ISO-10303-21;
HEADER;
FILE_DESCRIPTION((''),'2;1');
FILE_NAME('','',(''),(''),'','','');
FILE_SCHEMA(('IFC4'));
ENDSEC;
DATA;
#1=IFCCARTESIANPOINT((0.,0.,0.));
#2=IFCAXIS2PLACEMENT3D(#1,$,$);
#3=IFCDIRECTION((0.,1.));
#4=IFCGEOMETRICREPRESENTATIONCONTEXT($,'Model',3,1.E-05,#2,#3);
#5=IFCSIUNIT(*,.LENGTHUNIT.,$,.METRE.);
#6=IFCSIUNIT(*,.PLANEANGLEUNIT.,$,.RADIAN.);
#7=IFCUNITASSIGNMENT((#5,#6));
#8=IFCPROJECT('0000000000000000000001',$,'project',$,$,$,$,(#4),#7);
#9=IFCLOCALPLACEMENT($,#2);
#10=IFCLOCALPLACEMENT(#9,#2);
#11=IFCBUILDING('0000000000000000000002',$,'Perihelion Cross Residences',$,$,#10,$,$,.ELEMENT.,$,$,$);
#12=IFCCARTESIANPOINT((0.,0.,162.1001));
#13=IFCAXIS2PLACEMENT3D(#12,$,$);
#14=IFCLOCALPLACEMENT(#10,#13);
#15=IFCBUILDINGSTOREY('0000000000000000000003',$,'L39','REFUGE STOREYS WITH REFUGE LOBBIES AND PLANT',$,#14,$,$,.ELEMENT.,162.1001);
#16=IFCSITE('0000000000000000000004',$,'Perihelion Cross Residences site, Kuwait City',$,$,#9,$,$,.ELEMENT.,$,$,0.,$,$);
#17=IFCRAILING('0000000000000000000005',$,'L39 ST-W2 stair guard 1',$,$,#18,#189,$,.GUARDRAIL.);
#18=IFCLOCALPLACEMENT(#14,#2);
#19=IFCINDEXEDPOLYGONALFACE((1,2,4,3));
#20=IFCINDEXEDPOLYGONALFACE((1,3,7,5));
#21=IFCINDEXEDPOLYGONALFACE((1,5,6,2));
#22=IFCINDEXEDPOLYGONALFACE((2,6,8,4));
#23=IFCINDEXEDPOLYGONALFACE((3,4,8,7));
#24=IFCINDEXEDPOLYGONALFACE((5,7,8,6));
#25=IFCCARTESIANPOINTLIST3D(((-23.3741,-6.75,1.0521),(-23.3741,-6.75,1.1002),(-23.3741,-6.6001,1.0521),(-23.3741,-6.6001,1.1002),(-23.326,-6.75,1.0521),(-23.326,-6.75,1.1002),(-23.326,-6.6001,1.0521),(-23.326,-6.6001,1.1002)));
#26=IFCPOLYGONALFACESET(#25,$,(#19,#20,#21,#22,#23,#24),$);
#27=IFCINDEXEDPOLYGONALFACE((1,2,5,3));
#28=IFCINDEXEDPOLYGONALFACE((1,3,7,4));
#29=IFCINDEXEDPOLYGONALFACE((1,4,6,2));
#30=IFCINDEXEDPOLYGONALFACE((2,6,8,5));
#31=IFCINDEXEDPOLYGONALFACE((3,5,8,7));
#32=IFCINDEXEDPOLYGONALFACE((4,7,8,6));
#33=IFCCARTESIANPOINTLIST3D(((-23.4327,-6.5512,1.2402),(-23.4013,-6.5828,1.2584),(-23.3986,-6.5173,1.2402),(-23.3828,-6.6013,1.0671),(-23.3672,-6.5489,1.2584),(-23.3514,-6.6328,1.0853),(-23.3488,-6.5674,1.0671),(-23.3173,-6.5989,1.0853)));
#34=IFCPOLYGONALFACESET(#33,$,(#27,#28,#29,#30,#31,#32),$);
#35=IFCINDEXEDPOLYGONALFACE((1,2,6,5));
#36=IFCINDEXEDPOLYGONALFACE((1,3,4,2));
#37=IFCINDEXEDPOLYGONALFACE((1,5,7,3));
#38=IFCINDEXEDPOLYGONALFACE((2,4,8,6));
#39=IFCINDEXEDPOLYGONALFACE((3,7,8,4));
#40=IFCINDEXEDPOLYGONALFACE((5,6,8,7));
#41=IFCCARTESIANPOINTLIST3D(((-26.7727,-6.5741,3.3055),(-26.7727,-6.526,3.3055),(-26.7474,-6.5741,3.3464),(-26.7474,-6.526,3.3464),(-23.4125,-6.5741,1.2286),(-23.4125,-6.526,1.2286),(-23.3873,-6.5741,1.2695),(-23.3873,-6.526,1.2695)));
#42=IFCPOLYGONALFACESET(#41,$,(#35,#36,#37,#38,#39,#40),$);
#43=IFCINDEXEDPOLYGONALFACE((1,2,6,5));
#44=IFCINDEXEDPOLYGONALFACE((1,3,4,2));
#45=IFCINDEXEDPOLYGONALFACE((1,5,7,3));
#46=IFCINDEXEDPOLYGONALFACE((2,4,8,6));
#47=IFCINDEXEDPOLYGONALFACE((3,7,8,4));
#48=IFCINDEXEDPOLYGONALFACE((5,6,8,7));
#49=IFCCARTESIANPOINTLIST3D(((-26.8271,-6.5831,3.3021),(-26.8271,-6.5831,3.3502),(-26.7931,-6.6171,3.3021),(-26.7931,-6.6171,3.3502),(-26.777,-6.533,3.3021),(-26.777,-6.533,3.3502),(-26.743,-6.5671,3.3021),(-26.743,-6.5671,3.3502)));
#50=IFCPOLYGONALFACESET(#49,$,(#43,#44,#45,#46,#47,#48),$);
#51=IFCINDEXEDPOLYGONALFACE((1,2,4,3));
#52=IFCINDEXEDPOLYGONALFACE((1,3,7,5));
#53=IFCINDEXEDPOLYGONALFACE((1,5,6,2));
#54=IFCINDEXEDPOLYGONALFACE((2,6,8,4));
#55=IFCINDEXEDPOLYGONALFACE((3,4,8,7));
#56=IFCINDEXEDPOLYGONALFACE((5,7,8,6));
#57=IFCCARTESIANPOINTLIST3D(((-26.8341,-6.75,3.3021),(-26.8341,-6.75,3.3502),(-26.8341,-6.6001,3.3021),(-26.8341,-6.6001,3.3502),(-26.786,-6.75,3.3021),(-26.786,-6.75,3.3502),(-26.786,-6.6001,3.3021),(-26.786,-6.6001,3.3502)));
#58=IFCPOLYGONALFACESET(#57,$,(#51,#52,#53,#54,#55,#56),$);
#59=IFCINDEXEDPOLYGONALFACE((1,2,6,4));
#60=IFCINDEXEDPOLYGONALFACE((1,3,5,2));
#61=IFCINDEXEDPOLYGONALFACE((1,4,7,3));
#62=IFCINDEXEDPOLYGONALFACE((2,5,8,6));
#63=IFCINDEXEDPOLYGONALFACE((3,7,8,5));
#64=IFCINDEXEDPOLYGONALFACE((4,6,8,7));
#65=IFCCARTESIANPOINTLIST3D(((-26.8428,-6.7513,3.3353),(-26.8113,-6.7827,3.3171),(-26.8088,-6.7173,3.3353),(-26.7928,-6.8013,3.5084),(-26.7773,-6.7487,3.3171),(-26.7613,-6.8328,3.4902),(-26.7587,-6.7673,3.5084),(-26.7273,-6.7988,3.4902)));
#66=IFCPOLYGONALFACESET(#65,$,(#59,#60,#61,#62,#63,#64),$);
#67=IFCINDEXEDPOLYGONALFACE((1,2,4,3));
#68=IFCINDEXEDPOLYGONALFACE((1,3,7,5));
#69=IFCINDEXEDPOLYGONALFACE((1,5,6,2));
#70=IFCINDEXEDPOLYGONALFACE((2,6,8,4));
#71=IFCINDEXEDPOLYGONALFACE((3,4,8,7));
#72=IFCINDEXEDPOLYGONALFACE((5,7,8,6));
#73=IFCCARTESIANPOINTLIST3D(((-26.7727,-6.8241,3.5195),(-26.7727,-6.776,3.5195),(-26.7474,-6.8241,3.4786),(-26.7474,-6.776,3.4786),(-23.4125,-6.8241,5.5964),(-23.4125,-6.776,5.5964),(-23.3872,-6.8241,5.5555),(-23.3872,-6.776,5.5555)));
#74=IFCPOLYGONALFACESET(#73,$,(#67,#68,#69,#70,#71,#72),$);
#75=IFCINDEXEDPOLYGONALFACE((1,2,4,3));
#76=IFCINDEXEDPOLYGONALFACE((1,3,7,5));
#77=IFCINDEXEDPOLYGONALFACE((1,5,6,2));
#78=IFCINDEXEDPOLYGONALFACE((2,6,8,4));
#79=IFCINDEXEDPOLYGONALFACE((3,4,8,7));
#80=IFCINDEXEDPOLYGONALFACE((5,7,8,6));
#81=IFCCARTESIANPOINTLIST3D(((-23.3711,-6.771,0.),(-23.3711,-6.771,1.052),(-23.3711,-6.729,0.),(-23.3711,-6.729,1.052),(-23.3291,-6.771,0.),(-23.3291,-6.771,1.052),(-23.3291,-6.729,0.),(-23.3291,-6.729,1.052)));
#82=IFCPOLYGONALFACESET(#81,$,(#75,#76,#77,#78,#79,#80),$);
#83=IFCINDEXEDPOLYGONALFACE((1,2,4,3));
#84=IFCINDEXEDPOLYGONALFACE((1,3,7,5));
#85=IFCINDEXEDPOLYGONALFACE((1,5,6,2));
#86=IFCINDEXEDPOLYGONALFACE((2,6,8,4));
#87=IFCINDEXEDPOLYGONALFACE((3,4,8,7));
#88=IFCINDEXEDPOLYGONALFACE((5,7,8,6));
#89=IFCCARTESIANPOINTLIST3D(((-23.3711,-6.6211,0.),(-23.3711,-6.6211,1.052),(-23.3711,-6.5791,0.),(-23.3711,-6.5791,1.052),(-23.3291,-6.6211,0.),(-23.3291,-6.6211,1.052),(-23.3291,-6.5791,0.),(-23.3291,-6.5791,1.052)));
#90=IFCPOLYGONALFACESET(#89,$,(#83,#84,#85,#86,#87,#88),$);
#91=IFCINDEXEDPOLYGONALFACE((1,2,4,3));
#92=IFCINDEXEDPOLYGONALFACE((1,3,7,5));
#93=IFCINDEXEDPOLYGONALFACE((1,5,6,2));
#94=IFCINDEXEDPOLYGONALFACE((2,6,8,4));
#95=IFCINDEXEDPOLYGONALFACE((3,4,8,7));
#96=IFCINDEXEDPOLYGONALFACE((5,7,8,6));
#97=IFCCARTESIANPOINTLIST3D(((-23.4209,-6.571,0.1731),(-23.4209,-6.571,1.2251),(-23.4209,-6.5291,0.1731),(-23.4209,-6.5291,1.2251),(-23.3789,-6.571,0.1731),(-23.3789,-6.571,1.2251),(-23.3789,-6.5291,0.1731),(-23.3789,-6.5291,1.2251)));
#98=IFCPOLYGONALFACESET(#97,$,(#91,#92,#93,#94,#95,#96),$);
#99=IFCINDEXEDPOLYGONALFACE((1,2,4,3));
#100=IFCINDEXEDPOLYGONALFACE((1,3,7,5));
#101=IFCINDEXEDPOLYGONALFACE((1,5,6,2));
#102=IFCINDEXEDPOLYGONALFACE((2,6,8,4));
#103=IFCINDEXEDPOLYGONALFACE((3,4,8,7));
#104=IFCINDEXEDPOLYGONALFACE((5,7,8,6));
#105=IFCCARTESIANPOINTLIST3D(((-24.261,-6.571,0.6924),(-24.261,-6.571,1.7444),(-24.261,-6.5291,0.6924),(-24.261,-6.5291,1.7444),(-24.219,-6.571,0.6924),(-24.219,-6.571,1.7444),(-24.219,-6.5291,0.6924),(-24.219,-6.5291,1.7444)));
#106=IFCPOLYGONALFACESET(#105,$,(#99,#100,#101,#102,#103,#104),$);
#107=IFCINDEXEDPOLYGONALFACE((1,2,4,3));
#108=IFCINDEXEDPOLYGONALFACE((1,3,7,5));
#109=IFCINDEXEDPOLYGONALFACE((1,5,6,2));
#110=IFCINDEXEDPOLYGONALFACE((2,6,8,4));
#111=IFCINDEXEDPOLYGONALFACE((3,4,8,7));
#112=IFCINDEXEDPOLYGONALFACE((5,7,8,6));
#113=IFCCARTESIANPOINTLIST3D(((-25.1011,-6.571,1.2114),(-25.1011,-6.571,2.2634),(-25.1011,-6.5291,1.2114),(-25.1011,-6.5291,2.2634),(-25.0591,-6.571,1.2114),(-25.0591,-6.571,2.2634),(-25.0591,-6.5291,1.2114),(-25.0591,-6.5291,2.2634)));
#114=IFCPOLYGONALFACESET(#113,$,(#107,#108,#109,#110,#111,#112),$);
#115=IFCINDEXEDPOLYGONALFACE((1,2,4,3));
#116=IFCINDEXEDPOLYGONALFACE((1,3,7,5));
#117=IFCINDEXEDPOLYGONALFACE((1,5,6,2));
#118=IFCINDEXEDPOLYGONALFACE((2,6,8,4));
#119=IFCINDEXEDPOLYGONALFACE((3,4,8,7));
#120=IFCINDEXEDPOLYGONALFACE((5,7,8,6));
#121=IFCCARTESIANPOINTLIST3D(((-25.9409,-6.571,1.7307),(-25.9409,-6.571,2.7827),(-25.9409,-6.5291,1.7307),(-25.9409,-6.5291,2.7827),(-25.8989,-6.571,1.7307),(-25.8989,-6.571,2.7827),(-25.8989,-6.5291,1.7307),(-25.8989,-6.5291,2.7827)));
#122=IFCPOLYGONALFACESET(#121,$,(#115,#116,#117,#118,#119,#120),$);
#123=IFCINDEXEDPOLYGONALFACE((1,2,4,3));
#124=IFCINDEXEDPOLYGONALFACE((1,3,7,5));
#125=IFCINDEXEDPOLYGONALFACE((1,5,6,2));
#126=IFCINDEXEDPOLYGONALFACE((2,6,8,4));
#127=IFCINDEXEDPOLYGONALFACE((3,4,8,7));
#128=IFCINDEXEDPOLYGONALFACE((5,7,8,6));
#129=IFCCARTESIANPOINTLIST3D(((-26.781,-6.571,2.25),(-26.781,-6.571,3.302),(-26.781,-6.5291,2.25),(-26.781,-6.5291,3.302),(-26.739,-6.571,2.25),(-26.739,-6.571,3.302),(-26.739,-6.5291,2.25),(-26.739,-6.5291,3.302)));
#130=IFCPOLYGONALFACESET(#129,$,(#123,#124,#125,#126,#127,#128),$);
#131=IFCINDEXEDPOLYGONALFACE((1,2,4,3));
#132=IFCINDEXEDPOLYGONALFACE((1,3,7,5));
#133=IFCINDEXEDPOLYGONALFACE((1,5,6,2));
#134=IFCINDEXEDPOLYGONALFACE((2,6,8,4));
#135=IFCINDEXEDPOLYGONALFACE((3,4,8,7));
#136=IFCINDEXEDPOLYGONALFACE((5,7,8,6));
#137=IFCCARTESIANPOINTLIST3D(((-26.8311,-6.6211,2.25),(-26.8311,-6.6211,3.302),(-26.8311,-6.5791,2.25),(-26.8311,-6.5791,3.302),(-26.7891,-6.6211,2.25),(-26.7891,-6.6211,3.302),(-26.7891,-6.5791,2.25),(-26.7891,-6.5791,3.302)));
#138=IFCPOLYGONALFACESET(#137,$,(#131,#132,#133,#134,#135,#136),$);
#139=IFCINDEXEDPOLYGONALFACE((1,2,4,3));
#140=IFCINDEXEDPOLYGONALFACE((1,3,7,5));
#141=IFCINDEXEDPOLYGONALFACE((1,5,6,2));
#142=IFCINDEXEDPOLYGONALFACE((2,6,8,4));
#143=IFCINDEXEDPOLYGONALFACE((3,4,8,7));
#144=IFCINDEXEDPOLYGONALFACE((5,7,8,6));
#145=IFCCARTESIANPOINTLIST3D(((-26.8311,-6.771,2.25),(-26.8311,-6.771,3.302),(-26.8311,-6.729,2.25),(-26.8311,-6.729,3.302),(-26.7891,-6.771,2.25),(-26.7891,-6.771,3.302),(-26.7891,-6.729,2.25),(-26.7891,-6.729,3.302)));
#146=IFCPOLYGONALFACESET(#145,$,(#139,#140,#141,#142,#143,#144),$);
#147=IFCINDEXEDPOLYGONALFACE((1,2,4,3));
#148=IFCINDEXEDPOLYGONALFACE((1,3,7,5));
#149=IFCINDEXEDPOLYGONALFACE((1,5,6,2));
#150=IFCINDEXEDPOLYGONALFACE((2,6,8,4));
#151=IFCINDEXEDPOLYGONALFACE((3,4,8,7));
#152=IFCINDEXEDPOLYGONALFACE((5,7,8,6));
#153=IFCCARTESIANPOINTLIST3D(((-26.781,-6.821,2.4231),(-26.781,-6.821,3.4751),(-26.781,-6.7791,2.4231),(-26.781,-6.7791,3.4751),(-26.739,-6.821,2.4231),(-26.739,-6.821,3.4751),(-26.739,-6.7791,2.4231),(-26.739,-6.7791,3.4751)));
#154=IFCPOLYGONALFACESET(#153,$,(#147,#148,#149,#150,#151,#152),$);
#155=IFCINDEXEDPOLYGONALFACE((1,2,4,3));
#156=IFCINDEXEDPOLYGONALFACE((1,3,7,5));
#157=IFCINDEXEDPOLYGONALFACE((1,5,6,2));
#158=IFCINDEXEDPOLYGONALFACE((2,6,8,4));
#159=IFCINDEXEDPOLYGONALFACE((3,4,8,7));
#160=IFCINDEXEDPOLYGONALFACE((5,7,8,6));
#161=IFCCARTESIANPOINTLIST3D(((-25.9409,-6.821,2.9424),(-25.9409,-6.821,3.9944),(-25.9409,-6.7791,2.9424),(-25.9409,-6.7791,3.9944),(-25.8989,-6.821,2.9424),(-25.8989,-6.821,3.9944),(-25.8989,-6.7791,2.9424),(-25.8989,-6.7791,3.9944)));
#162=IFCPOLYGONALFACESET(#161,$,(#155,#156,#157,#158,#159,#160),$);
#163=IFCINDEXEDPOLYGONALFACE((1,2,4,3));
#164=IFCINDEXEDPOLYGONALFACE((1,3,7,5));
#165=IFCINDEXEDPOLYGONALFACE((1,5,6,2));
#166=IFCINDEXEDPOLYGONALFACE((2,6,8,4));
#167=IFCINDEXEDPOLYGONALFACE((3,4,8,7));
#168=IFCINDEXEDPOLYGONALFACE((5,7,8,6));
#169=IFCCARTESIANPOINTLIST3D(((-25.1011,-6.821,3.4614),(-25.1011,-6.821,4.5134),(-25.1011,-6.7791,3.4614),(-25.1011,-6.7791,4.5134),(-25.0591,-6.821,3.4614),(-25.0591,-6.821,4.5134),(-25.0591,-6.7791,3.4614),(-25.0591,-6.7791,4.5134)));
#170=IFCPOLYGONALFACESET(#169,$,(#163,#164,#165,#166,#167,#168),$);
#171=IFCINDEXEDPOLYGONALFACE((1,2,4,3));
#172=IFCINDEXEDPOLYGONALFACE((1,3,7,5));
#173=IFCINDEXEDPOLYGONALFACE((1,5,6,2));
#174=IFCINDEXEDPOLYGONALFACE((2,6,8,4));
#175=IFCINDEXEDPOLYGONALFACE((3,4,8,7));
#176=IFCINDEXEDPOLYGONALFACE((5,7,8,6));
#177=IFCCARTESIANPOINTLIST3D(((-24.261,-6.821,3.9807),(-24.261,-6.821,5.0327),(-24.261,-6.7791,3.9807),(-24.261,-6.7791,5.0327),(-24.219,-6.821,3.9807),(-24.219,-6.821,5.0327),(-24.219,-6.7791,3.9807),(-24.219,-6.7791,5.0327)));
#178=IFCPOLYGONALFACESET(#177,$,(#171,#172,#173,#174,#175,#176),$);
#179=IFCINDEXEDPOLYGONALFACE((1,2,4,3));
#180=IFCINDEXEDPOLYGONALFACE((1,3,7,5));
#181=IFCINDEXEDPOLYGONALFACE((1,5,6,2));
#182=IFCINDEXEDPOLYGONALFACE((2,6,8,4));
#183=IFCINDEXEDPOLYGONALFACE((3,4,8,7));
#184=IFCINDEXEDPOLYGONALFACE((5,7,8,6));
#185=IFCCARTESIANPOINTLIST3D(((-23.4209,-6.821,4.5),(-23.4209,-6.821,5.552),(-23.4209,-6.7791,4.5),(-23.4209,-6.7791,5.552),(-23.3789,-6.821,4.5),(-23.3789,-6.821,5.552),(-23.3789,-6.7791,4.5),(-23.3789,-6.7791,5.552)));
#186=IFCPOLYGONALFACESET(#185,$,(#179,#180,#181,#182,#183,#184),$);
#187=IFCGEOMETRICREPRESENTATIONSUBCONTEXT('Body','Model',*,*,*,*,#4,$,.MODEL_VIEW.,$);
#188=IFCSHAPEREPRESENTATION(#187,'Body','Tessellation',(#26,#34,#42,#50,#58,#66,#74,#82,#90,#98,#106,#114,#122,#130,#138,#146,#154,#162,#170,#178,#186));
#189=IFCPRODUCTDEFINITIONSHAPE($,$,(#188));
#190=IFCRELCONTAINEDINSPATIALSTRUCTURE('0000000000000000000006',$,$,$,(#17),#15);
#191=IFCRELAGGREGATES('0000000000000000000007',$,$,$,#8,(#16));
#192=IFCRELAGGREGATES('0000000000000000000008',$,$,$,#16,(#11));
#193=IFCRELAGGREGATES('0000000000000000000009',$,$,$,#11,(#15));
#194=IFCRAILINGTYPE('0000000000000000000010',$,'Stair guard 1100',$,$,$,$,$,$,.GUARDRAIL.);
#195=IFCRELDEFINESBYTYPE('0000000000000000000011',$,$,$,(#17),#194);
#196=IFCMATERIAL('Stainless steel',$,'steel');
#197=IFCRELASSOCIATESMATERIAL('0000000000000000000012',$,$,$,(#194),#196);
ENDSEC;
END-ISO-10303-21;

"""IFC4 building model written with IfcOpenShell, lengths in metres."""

from ifc_helpers import new_model, si_unit, direction, frame, origin, origin_2d, place, context, subcontext, project, spatial, rectangle, extrude, material, type_object, element, save


model = new_model("IFC4")

# Units and contexts
model_context = context("Model", 3, precision=1e-05, world=origin(), true_north=direction((0.0, 1.0)))
body_context = subcontext(model_context, "Body", "Model", "MODEL_VIEW")
ifc_project = project(units=[si_unit("LENGTHUNIT", "METRE"), si_unit("PLANEANGLEUNIT", "RADIAN")], contexts=[model_context])

# Site, building, storey
site_placement = place(None, origin())
site = spatial("IfcSite", under=ifc_project, at=site_placement, Name="Perihelion Cross Residences site, Kuwait City", CompositionType="ELEMENT", RefElevation=0.0)
building_placement = place(site_placement, origin())
building = spatial("IfcBuilding", under=site, at=building_placement, Name="Perihelion Cross Residences", CompositionType="ELEMENT")
storey_placement = place(building_placement, frame((0.0, 0.0, 162.1001)))
storey = spatial("IfcBuildingStorey", under=building, at=storey_placement, Name="L39", Description="REFUGE STOREYS WITH REFUGE LOBBIES AND PLANT", CompositionType="ELEMENT", Elevation=162.1001)

# Railing
ifc_material_1 = material(Name="Stainless steel", Category="steel")
railing_type_1 = type_object("IfcRailingType", Name="Stair guard 1100", PredefinedType="GUARDRAIL", material=ifc_material_1)
railing_1_placement = place(storey_placement, frame((-23.3501, -6.75, 0.0)))
element("IfcRailing", 1, at=railing_1_placement, inside=storey, type_object=railing_type_1, Name="L39 ST-W2 stair guard 1", PredefinedType="GUARDRAIL", context=body_context, shape_type="SweptSolid", body=[
    extrude(rectangle(XDim=0.0481, YDim=0.0481, at=origin_2d()), frame((0.0, 0.0, 1.0762), z_axis=(0.0, 1.0, 0.0), x_axis=(-1.0, 0.0, 0.0)), (0.0, 0.0, 1.0), 0.1499),
    extrude(rectangle(XDim=0.0481, YDim=0.0481, at=origin_2d()), frame((0.0, 0.1499, 1.0762), z_axis=(-0.266417, 0.267723, 0.92593), x_axis=(-0.708834, -0.705376, 0.0)), (0.0, 0.0, 1.0), 0.187),
    extrude(rectangle(XDim=0.0481, YDim=0.0481, at=origin_2d()), frame((-0.0498, 0.2, 1.249), z_axis=(-0.850623, 0.0, 0.525776), x_axis=(0.0, -1.0, 0.0)), (0.0, 0.0, 1.0), 3.9502),
    extrude(rectangle(XDim=0.0481, YDim=0.0481, at=origin_2d()), frame((-3.4099, 0.2, 3.3262), z_axis=(-0.707107, -0.707107, 0.0), x_axis=(0.707107, -0.707107, 0.0)), (0.0, 0.0, 1.0), 0.0708),
    extrude(rectangle(XDim=0.0481, YDim=0.0481, at=origin_2d()), frame((-3.46, 0.1499, 3.3262), z_axis=(0.0, -1.0, 0.0), x_axis=(1.0, 0.0, 0.0)), (0.0, 0.0, 1.0), 0.1499),
    extrude(rectangle(XDim=0.0481, YDim=0.0481, at=origin_2d()), frame((-3.46, 0.0, 3.3262), z_axis=(0.26763, -0.26763, 0.925607), x_axis=(0.707107, 0.707107, 0.0)), (0.0, 0.0, 1.0), 0.187),
    extrude(rectangle(XDim=0.0481, YDim=0.0481, at=origin_2d()), frame((-3.4099, -0.05, 3.499), z_axis=(0.850623, 0.0, 0.525776), x_axis=(0.0, 1.0, 0.0)), (0.0, 0.0, 1.0), 3.9502),
    extrude(rectangle(XDim=0.042, YDim=0.042, at=origin_2d()), origin(), (0.0, 0.0, 1.0), 1.052),
    extrude(rectangle(XDim=0.042, YDim=0.042, at=origin_2d()), frame((0.0, 0.1499, 0.0)), (0.0, 0.0, 1.0), 1.052),
    extrude(rectangle(XDim=0.042, YDim=0.042, at=origin_2d()), frame((-0.0498, 0.2, 0.1731)), (0.0, 0.0, 1.0), 1.052),
    extrude(rectangle(XDim=0.042, YDim=0.042, at=origin_2d()), frame((-0.8899, 0.2, 0.6924)), (0.0, 0.0, 1.0), 1.052),
    extrude(rectangle(XDim=0.042, YDim=0.042, at=origin_2d()), frame((-1.73, 0.2, 1.2114)), (0.0, 0.0, 1.0), 1.052),
    extrude(rectangle(XDim=0.042, YDim=0.042, at=origin_2d()), frame((-2.5698, 0.2, 1.7307)), (0.0, 0.0, 1.0), 1.052),
    extrude(rectangle(XDim=0.042, YDim=0.042, at=origin_2d()), frame((-3.4099, 0.2, 2.25)), (0.0, 0.0, 1.0), 1.052),
    extrude(rectangle(XDim=0.042, YDim=0.042, at=origin_2d()), frame((-3.46, 0.1499, 2.25)), (0.0, 0.0, 1.0), 1.052),
    extrude(rectangle(XDim=0.042, YDim=0.042, at=origin_2d()), frame((-3.46, 0.0, 2.25)), (0.0, 0.0, 1.0), 1.052),
    extrude(rectangle(XDim=0.042, YDim=0.042, at=origin_2d()), frame((-3.4099, -0.05, 2.4231)), (0.0, 0.0, 1.0), 1.052),
    extrude(rectangle(XDim=0.042, YDim=0.042, at=origin_2d()), frame((-2.5698, -0.05, 2.9424)), (0.0, 0.0, 1.0), 1.052),
    extrude(rectangle(XDim=0.042, YDim=0.042, at=origin_2d()), frame((-1.73, -0.05, 3.4614)), (0.0, 0.0, 1.0), 1.052),
    extrude(rectangle(XDim=0.042, YDim=0.042, at=origin_2d()), frame((-0.8899, -0.05, 3.9807)), (0.0, 0.0, 1.0), 1.052),
    extrude(rectangle(XDim=0.042, YDim=0.042, at=origin_2d()), frame((-0.0498, -0.05, 4.5)), (0.0, 0.0, 1.0), 1.052),
])

save(model, "model.ifc")
